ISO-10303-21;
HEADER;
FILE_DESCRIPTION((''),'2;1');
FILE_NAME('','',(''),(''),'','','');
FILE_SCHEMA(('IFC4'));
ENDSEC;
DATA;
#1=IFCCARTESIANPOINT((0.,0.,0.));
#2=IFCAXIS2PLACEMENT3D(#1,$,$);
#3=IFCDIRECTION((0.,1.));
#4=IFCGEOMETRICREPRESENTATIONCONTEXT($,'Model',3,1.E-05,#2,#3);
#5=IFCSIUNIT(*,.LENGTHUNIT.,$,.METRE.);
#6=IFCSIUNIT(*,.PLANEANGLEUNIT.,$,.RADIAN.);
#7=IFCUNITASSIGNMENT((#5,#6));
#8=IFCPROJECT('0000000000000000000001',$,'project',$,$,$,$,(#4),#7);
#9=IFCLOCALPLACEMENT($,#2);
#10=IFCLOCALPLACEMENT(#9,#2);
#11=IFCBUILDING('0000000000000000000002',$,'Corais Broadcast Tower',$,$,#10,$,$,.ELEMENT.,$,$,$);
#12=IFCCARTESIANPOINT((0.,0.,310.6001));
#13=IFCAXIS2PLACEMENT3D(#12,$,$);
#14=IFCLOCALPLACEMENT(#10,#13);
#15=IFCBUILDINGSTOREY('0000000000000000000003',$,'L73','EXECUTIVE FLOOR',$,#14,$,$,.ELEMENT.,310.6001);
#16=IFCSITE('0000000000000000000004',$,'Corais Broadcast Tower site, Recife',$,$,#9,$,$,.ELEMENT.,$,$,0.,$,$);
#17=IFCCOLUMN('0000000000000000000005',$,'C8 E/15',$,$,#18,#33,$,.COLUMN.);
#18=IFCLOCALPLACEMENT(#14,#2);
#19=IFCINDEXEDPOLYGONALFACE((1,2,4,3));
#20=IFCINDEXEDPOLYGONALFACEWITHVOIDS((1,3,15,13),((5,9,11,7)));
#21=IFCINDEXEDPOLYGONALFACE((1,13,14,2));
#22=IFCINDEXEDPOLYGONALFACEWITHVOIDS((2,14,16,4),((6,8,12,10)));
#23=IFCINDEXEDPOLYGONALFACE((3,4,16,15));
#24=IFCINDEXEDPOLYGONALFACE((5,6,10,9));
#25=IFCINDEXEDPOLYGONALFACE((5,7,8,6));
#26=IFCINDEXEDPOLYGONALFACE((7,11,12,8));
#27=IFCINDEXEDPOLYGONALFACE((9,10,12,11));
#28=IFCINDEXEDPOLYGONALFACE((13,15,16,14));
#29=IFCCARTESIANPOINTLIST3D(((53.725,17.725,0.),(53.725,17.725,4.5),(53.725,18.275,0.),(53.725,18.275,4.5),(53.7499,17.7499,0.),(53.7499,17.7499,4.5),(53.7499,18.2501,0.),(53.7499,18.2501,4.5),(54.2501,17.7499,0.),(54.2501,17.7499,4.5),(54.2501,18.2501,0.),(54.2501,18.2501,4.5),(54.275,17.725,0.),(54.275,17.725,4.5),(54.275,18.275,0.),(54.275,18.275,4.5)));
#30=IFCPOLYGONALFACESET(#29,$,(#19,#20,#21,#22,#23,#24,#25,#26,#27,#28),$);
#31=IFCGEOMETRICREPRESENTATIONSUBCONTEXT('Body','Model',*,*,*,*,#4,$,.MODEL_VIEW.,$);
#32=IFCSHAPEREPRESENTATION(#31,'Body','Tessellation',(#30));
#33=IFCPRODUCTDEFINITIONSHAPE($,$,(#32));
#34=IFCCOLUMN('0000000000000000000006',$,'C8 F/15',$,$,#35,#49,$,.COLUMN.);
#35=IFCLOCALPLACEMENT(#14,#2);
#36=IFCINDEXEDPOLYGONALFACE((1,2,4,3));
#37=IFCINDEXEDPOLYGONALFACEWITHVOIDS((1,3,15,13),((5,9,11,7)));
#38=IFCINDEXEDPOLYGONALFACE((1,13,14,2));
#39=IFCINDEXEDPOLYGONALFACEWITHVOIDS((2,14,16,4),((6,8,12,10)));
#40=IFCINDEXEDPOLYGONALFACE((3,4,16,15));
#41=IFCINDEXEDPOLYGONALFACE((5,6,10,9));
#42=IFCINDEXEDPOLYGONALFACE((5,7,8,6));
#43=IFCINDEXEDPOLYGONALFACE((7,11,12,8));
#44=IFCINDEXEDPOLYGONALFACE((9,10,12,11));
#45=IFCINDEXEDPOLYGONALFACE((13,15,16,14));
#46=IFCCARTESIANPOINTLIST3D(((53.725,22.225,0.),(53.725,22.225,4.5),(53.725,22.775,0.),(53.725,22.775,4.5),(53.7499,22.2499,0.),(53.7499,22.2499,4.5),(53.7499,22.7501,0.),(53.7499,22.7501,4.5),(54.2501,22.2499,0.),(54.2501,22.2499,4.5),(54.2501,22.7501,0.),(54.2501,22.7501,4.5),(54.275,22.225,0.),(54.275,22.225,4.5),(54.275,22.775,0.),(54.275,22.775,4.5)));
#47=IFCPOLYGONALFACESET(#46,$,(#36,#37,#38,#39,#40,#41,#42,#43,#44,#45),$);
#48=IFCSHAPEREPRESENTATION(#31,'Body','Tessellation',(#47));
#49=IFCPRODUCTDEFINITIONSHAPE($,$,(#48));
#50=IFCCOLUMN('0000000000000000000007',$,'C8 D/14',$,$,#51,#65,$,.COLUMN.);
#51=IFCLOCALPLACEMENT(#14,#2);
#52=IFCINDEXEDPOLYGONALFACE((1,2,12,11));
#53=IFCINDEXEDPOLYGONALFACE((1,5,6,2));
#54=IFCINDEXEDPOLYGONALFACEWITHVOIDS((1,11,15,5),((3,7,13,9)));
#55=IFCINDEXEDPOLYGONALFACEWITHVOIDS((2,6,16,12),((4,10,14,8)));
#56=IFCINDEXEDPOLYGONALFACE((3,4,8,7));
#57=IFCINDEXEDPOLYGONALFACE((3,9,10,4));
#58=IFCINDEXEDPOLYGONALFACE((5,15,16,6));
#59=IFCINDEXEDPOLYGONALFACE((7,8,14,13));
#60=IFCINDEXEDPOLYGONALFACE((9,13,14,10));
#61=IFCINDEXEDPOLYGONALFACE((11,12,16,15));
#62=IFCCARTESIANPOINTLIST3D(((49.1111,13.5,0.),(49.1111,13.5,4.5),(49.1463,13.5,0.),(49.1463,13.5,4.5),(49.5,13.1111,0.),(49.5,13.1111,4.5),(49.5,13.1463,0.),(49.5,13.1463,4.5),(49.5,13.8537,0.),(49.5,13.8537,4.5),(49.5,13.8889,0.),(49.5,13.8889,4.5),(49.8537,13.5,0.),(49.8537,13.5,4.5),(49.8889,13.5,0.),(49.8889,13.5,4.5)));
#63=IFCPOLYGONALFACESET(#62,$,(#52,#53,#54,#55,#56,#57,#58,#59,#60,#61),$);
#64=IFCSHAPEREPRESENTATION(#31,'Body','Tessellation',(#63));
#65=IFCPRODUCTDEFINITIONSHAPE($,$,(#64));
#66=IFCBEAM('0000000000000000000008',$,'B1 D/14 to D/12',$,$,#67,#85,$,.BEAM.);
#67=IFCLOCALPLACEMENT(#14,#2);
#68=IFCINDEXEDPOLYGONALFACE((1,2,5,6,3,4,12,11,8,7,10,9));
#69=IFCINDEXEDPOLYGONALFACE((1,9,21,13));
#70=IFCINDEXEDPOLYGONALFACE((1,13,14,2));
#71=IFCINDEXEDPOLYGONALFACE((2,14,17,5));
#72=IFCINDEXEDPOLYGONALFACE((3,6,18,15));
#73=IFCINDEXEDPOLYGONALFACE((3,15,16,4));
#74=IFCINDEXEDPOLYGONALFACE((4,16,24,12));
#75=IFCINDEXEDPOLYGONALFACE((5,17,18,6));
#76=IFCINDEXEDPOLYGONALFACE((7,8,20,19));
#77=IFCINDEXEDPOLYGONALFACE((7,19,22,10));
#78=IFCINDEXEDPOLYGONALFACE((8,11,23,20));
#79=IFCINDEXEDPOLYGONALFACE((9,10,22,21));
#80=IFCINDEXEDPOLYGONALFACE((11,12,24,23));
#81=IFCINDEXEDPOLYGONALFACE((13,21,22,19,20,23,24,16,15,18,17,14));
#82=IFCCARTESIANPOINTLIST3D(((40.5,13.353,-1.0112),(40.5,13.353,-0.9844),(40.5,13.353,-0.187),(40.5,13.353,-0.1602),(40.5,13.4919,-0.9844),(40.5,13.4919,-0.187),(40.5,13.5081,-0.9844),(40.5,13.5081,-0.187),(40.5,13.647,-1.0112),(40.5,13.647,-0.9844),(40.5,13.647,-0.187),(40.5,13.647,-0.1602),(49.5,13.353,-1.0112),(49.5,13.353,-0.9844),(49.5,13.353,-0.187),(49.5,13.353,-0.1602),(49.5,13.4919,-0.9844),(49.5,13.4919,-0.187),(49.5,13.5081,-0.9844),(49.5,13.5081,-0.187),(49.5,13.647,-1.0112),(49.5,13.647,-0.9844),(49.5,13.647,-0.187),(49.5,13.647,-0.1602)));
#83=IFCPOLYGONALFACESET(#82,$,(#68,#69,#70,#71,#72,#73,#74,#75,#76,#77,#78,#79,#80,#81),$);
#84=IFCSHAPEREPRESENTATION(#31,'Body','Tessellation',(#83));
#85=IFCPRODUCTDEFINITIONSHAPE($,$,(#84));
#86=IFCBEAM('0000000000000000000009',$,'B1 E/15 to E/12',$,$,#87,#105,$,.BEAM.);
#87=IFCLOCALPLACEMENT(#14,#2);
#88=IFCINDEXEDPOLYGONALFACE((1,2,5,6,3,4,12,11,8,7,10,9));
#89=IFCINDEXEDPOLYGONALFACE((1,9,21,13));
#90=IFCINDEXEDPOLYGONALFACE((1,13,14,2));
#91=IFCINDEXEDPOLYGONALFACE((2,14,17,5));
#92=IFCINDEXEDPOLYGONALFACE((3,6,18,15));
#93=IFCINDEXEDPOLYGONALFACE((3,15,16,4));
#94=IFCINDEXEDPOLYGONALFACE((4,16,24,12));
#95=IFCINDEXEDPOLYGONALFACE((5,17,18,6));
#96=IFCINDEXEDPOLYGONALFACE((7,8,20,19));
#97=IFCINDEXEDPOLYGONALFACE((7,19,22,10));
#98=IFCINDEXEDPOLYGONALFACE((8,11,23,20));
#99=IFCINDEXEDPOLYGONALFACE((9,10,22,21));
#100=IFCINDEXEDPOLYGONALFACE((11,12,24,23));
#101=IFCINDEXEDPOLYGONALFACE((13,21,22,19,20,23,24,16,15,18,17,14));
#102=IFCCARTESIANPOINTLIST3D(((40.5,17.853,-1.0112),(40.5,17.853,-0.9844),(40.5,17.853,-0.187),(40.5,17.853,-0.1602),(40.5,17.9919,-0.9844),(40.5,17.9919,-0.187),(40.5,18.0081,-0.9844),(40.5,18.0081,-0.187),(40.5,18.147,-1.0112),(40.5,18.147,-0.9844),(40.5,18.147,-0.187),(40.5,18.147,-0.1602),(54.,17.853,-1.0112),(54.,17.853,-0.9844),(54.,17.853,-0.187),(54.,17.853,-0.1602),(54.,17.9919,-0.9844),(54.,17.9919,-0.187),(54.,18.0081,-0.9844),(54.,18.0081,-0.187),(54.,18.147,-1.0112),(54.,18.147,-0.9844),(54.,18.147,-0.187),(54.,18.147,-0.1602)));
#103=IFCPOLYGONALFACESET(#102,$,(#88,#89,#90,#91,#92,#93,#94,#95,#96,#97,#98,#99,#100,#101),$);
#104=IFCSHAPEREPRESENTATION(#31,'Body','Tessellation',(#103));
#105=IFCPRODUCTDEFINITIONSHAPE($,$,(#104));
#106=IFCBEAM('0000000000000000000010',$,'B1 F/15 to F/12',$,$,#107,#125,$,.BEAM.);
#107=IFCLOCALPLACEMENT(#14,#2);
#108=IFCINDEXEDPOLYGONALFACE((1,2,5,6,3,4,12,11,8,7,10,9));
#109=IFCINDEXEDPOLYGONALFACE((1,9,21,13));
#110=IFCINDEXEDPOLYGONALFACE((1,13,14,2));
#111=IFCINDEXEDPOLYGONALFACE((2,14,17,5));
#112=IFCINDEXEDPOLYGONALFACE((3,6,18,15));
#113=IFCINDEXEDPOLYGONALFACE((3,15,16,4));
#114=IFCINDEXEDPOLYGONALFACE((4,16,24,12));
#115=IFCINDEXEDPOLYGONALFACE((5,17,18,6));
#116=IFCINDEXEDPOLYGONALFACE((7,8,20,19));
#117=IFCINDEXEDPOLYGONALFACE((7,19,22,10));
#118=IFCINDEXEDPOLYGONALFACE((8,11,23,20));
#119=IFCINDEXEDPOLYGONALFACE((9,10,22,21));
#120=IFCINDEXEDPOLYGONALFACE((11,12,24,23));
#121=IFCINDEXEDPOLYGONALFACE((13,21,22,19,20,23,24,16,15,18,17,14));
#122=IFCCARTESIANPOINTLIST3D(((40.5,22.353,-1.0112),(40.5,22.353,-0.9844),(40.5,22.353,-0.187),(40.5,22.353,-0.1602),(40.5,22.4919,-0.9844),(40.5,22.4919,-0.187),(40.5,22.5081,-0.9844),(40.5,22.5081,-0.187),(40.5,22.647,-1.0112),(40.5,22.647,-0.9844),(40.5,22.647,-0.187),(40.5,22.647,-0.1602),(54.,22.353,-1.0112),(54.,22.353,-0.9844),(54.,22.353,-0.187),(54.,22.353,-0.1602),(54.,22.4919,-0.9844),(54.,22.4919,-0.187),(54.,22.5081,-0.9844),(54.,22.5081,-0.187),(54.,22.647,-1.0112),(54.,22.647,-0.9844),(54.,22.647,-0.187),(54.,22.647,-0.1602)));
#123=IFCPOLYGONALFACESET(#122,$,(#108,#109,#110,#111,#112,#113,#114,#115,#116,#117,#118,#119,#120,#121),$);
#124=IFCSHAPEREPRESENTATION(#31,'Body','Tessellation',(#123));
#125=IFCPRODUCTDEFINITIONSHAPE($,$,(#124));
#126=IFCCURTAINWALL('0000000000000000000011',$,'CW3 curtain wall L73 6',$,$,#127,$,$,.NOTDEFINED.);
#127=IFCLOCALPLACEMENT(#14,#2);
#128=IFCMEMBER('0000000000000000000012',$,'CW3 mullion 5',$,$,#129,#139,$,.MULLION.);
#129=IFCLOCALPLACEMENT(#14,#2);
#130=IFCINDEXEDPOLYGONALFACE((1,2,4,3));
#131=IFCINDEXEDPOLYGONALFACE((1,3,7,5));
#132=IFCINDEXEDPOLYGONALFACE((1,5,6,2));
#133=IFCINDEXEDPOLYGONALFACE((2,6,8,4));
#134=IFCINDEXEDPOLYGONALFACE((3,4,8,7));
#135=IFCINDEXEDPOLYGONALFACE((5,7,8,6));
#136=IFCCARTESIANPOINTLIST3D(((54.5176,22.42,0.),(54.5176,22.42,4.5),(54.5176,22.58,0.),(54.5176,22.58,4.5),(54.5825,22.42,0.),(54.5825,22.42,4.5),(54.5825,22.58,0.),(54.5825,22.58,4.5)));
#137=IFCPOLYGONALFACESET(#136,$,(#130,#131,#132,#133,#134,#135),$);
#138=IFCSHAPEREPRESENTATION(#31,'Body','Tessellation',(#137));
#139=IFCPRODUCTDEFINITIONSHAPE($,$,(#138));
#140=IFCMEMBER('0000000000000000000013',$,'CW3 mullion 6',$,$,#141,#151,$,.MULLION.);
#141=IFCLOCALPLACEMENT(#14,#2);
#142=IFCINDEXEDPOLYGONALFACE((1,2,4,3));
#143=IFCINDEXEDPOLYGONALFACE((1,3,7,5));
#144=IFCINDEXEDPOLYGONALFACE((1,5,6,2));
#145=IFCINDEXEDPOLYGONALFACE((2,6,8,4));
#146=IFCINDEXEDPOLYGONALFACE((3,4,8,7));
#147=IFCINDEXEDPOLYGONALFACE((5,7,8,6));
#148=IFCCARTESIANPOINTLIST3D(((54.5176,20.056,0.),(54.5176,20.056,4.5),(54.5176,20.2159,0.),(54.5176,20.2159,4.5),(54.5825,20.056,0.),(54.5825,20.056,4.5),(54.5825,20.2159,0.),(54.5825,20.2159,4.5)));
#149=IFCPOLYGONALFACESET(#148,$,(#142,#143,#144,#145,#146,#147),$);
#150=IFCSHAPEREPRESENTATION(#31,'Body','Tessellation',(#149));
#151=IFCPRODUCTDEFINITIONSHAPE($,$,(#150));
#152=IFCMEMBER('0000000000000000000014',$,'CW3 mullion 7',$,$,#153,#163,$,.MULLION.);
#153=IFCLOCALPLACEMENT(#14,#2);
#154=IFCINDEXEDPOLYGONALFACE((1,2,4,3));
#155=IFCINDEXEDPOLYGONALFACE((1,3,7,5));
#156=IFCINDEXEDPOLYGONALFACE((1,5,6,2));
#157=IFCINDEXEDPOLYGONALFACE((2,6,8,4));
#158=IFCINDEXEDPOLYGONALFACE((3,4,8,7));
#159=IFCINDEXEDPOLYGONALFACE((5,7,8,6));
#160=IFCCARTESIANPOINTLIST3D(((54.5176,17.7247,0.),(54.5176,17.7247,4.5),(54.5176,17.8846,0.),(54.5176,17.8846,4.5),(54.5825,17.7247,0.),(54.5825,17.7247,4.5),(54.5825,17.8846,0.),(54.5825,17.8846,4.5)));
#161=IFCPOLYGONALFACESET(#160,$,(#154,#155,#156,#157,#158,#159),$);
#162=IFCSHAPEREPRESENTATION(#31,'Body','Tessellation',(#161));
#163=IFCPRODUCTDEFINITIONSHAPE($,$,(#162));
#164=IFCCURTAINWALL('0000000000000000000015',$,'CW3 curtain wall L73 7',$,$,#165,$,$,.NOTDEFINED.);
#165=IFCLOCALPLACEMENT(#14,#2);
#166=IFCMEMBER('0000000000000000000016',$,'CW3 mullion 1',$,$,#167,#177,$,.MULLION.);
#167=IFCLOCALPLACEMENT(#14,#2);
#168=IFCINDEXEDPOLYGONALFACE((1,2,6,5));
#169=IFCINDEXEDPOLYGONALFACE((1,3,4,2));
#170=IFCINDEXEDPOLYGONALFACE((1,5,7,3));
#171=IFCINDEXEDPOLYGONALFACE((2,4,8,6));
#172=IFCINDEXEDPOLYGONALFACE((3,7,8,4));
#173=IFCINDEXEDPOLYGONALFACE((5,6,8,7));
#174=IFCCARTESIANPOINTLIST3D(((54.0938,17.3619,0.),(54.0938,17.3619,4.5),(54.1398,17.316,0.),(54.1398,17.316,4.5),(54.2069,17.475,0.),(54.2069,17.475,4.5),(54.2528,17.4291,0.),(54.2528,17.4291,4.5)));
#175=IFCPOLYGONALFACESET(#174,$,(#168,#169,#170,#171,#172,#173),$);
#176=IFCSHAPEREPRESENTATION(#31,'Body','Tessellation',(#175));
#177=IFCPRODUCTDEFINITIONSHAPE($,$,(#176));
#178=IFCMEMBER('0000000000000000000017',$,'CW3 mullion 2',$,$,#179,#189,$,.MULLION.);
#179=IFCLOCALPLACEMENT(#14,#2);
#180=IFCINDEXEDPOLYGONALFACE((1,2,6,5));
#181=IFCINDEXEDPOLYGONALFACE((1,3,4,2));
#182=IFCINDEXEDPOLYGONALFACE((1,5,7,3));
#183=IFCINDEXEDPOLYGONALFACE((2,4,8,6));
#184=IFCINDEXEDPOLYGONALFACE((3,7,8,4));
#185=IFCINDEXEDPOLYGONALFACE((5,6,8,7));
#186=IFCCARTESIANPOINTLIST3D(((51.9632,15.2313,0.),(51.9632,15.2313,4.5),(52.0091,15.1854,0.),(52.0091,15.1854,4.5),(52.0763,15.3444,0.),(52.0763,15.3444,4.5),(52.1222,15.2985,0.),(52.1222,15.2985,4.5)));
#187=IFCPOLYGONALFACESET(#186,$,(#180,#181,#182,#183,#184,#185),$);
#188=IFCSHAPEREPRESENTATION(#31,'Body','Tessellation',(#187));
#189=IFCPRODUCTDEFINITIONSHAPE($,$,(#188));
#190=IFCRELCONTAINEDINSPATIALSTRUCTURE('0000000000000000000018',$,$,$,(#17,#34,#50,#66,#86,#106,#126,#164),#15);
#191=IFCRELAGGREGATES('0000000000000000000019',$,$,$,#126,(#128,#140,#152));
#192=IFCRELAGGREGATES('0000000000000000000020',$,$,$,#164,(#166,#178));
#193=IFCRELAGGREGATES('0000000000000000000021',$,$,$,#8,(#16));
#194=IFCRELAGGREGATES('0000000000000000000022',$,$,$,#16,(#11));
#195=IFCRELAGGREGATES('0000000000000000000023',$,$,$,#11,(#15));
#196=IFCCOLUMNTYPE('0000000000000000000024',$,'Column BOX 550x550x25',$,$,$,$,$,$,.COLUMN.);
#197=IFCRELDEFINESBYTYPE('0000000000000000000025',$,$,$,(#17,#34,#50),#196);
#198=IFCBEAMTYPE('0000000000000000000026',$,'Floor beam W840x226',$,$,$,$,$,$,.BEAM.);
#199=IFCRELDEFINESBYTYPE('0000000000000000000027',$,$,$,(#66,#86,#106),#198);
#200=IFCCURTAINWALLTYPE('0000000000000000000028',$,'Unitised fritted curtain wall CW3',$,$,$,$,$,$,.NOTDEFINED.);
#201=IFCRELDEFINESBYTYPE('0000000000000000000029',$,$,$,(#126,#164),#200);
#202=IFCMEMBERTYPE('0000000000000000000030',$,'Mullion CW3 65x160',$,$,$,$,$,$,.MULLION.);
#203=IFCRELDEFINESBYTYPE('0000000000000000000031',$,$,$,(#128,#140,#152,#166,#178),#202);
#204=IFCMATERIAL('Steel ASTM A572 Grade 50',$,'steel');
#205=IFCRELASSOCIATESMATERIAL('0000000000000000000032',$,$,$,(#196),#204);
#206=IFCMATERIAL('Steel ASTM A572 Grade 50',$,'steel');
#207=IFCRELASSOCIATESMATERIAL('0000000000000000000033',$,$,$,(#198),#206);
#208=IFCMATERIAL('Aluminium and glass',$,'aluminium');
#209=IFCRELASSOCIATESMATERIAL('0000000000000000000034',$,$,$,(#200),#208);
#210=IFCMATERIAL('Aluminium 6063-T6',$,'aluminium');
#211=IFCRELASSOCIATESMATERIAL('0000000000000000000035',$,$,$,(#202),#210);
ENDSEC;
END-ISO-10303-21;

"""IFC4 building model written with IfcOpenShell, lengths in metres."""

from ifc_helpers import new_model, si_unit, direction, frame, origin, origin_2d, place, context, subcontext, project, spatial, rectangle, hollow_rectangle, i_section, extrude, material, material_profile, profile_set, type_object, element, aggregate, save


model = new_model("IFC4")

# Units and contexts
model_context = context("Model", 3, precision=1e-05, world=origin(), true_north=direction((0.0, 1.0)))
body_context = subcontext(model_context, "Body", "Model", "MODEL_VIEW")
ifc_project = project(units=[si_unit("LENGTHUNIT", "METRE"), si_unit("PLANEANGLEUNIT", "RADIAN")], contexts=[model_context])

# Site, building, storey
site_placement = place(None, origin())
site = spatial("IfcSite", under=ifc_project, at=site_placement, Name="Corais Broadcast Tower site, Recife", CompositionType="ELEMENT", RefElevation=0.0)
building_placement = place(site_placement, origin())
building = spatial("IfcBuilding", under=site, at=building_placement, Name="Corais Broadcast Tower", CompositionType="ELEMENT")
storey_placement = place(building_placement, frame((0.0, 0.0, 310.6001)))
storey = spatial("IfcBuildingStorey", under=building, at=storey_placement, Name="L73", Description="EXECUTIVE FLOOR", CompositionType="ELEMENT", Elevation=310.6001)

# Columns
ifc_material_1 = material(Name="Steel ASTM A572 Grade 50", Category="steel")
ifc_material_profile_1 = material_profile(ifc_material_1, hollow_rectangle(XDim=0.55, YDim=0.55, WallThickness=0.0249, at=origin_2d()), Name="BOX 550x550x25")
ifc_profile_set_1 = profile_set([ifc_material_profile_1], Name="Steel ASTM A572 Grade 50")
column_type = type_object("IfcColumnType", Name="Column BOX 550x550x25", PredefinedType="COLUMN", material=ifc_profile_set_1)
for number, where, z_axis, x_axis, name in (
    (1, (54.0, 18.0, 0.0), (0.0, 0.0, 1.0), (1.0, 0.0, 0.0), "C8 E/15"),
    (2, (54.0, 22.5, 0.0), (0.0, 0.0, 1.0), (1.0, 0.0, 0.0), "C8 F/15"),
    (3, (49.5, 13.5, 0.0), (0.0, 0.0, 1.0), (0.707107, 0.707107, 0.0), "C8 D/14"),
):
    element("IfcColumn", number, at=place(storey_placement, frame(where, z_axis=z_axis, x_axis=x_axis)), inside=storey, type_object=column_type, Name=name, PredefinedType="COLUMN", context=body_context, shape_type="SweptSolid", body=[
        extrude(hollow_rectangle(XDim=0.55, YDim=0.55, WallThickness=0.0249, at=origin_2d()), origin(), (0.0, 0.0, 1.0), 4.5),
    ])

# Beams
ifc_material_2 = material(Name="Steel ASTM A572 Grade 50", Category="steel")
ifc_material_profile_2 = material_profile(ifc_material_2, i_section(OverallWidth=0.2939, OverallDepth=0.8511, WebThickness=0.0161, FlangeThickness=0.0269, at=origin_2d()), Name="W840x226")
ifc_profile_set_2 = profile_set([ifc_material_profile_2], Name="Steel ASTM A572 Grade 50")
beam_type_1 = type_object("IfcBeamType", Name="Floor beam W840x226", PredefinedType="BEAM", material=ifc_profile_set_2)
beam_1_placement = place(storey_placement, frame((49.5, 13.5, -0.5857), z_axis=(-1.0, 0.0, 0.0), x_axis=(0.0, -1.0, 0.0)))
element("IfcBeam", 4, at=beam_1_placement, inside=storey, type_object=beam_type_1, Name="B1 D/14 to D/12", PredefinedType="BEAM", context=body_context, shape_type="SweptSolid", body=[
    extrude(i_section(OverallWidth=0.2939, OverallDepth=0.8511, WebThickness=0.0161, FlangeThickness=0.0269, at=origin_2d()), origin(), (0.0, 0.0, 1.0), 9.0),
])
for number, where, z_axis, x_axis, name in (
    (5, (54.0, 18.0, -0.5857), (-1.0, 0.0, 0.0), (0.0, -1.0, 0.0), "B1 E/15 to E/12"),
    (6, (54.0, 22.5, -0.5857), (-1.0, 0.0, 0.0), (0.0, -1.0, 0.0), "B1 F/15 to F/12"),
):
    element("IfcBeam", number, at=place(storey_placement, frame(where, z_axis=z_axis, x_axis=x_axis)), inside=storey, type_object=beam_type_1, Name=name, PredefinedType="BEAM", context=body_context, shape_type="SweptSolid", body=[
        extrude(i_section(OverallWidth=0.2939, OverallDepth=0.8511, WebThickness=0.0161, FlangeThickness=0.0269, at=origin_2d()), origin(), (0.0, 0.0, 1.0), 13.5),
    ])

# Curtain walls, members
ifc_material_3 = material(Name="Aluminium and glass", Category="aluminium")
curtain_wall_type = type_object("IfcCurtainWallType", Name="Unitised fritted curtain wall CW3", PredefinedType="NOTDEFINED", material=ifc_material_3)
curtain_wall_1_placement = place(storey_placement, origin())
curtain_wall_1 = element("IfcCurtainWall", 7, at=curtain_wall_1_placement, inside=storey, type_object=curtain_wall_type, Name="CW3 curtain wall L73 6", PredefinedType="NOTDEFINED")
ifc_material_4 = material(Name="Aluminium 6063-T6", Category="aluminium")
ifc_material_profile_3 = material_profile(ifc_material_4, rectangle(XDim=0.0649, YDim=0.1599, at=origin_2d()), Name="Mullion CW3 65x160")
ifc_profile_set_3 = profile_set([ifc_material_profile_3], Name="Aluminium 6063-T6")
member_type_1 = type_object("IfcMemberType", Name="Mullion CW3 65x160", PredefinedType="MULLION", material=ifc_profile_set_3)
member_1_placement = place(storey_placement, frame((54.55, 22.5, 0.0), z_axis=(0.0, 0.0, 1.0), x_axis=(1.0, 0.0, 0.0)))
member_1 = element("IfcMember", 8, at=member_1_placement, type_object=member_type_1, Name="CW3 mullion 5", PredefinedType="MULLION", context=body_context, shape_type="SweptSolid", body=[
    extrude(rectangle(XDim=0.0649, YDim=0.1599, at=origin_2d()), origin(), (0.0, 0.0, 1.0), 4.5),
])
member_2_placement = place(storey_placement, frame((54.55, 20.136, 0.0), z_axis=(0.0, 0.0, 1.0), x_axis=(1.0, 0.0, 0.0)))
member_2 = element("IfcMember", 9, at=member_2_placement, type_object=member_type_1, Name="CW3 mullion 6", PredefinedType="MULLION", context=body_context, shape_type="SweptSolid", body=[
    extrude(rectangle(XDim=0.0649, YDim=0.1599, at=origin_2d()), origin(), (0.0, 0.0, 1.0), 4.5),
])
member_3_placement = place(storey_placement, frame((54.55, 17.8047, 0.0), z_axis=(0.0, 0.0, 1.0), x_axis=(1.0, 0.0, 0.0)))
member_3 = element("IfcMember", 10, at=member_3_placement, type_object=member_type_1, Name="CW3 mullion 7", PredefinedType="MULLION", context=body_context, shape_type="SweptSolid", body=[
    extrude(rectangle(XDim=0.0649, YDim=0.1599, at=origin_2d()), origin(), (0.0, 0.0, 1.0), 4.5),
])
curtain_wall_2_placement = place(storey_placement, origin())
curtain_wall_2 = element("IfcCurtainWall", 11, at=curtain_wall_2_placement, inside=storey, type_object=curtain_wall_type, Name="CW3 curtain wall L73 7", PredefinedType="NOTDEFINED")
member_4_placement = place(storey_placement, frame((54.1733, 17.3955, 0.0), z_axis=(0.0, 0.0, 1.0), x_axis=(0.707107, -0.707107, 0.0)))
member_4 = element("IfcMember", 12, at=member_4_placement, type_object=member_type_1, Name="CW3 mullion 1", PredefinedType="MULLION", context=body_context, shape_type="SweptSolid", body=[
    extrude(rectangle(XDim=0.0649, YDim=0.1599, at=origin_2d()), origin(), (0.0, 0.0, 1.0), 4.5),
])
member_5_placement = place(storey_placement, frame((52.0427, 15.2649, 0.0), z_axis=(0.0, 0.0, 1.0), x_axis=(0.707107, -0.707107, 0.0)))
member_5 = element("IfcMember", 13, at=member_5_placement, type_object=member_type_1, Name="CW3 mullion 2", PredefinedType="MULLION", context=body_context, shape_type="SweptSolid", body=[
    extrude(rectangle(XDim=0.0649, YDim=0.1599, at=origin_2d()), origin(), (0.0, 0.0, 1.0), 4.5),
])

aggregate(curtain_wall_1, [member_1, member_2, member_3])
aggregate(curtain_wall_2, [member_4, member_5])

save(model, "model.ifc")
